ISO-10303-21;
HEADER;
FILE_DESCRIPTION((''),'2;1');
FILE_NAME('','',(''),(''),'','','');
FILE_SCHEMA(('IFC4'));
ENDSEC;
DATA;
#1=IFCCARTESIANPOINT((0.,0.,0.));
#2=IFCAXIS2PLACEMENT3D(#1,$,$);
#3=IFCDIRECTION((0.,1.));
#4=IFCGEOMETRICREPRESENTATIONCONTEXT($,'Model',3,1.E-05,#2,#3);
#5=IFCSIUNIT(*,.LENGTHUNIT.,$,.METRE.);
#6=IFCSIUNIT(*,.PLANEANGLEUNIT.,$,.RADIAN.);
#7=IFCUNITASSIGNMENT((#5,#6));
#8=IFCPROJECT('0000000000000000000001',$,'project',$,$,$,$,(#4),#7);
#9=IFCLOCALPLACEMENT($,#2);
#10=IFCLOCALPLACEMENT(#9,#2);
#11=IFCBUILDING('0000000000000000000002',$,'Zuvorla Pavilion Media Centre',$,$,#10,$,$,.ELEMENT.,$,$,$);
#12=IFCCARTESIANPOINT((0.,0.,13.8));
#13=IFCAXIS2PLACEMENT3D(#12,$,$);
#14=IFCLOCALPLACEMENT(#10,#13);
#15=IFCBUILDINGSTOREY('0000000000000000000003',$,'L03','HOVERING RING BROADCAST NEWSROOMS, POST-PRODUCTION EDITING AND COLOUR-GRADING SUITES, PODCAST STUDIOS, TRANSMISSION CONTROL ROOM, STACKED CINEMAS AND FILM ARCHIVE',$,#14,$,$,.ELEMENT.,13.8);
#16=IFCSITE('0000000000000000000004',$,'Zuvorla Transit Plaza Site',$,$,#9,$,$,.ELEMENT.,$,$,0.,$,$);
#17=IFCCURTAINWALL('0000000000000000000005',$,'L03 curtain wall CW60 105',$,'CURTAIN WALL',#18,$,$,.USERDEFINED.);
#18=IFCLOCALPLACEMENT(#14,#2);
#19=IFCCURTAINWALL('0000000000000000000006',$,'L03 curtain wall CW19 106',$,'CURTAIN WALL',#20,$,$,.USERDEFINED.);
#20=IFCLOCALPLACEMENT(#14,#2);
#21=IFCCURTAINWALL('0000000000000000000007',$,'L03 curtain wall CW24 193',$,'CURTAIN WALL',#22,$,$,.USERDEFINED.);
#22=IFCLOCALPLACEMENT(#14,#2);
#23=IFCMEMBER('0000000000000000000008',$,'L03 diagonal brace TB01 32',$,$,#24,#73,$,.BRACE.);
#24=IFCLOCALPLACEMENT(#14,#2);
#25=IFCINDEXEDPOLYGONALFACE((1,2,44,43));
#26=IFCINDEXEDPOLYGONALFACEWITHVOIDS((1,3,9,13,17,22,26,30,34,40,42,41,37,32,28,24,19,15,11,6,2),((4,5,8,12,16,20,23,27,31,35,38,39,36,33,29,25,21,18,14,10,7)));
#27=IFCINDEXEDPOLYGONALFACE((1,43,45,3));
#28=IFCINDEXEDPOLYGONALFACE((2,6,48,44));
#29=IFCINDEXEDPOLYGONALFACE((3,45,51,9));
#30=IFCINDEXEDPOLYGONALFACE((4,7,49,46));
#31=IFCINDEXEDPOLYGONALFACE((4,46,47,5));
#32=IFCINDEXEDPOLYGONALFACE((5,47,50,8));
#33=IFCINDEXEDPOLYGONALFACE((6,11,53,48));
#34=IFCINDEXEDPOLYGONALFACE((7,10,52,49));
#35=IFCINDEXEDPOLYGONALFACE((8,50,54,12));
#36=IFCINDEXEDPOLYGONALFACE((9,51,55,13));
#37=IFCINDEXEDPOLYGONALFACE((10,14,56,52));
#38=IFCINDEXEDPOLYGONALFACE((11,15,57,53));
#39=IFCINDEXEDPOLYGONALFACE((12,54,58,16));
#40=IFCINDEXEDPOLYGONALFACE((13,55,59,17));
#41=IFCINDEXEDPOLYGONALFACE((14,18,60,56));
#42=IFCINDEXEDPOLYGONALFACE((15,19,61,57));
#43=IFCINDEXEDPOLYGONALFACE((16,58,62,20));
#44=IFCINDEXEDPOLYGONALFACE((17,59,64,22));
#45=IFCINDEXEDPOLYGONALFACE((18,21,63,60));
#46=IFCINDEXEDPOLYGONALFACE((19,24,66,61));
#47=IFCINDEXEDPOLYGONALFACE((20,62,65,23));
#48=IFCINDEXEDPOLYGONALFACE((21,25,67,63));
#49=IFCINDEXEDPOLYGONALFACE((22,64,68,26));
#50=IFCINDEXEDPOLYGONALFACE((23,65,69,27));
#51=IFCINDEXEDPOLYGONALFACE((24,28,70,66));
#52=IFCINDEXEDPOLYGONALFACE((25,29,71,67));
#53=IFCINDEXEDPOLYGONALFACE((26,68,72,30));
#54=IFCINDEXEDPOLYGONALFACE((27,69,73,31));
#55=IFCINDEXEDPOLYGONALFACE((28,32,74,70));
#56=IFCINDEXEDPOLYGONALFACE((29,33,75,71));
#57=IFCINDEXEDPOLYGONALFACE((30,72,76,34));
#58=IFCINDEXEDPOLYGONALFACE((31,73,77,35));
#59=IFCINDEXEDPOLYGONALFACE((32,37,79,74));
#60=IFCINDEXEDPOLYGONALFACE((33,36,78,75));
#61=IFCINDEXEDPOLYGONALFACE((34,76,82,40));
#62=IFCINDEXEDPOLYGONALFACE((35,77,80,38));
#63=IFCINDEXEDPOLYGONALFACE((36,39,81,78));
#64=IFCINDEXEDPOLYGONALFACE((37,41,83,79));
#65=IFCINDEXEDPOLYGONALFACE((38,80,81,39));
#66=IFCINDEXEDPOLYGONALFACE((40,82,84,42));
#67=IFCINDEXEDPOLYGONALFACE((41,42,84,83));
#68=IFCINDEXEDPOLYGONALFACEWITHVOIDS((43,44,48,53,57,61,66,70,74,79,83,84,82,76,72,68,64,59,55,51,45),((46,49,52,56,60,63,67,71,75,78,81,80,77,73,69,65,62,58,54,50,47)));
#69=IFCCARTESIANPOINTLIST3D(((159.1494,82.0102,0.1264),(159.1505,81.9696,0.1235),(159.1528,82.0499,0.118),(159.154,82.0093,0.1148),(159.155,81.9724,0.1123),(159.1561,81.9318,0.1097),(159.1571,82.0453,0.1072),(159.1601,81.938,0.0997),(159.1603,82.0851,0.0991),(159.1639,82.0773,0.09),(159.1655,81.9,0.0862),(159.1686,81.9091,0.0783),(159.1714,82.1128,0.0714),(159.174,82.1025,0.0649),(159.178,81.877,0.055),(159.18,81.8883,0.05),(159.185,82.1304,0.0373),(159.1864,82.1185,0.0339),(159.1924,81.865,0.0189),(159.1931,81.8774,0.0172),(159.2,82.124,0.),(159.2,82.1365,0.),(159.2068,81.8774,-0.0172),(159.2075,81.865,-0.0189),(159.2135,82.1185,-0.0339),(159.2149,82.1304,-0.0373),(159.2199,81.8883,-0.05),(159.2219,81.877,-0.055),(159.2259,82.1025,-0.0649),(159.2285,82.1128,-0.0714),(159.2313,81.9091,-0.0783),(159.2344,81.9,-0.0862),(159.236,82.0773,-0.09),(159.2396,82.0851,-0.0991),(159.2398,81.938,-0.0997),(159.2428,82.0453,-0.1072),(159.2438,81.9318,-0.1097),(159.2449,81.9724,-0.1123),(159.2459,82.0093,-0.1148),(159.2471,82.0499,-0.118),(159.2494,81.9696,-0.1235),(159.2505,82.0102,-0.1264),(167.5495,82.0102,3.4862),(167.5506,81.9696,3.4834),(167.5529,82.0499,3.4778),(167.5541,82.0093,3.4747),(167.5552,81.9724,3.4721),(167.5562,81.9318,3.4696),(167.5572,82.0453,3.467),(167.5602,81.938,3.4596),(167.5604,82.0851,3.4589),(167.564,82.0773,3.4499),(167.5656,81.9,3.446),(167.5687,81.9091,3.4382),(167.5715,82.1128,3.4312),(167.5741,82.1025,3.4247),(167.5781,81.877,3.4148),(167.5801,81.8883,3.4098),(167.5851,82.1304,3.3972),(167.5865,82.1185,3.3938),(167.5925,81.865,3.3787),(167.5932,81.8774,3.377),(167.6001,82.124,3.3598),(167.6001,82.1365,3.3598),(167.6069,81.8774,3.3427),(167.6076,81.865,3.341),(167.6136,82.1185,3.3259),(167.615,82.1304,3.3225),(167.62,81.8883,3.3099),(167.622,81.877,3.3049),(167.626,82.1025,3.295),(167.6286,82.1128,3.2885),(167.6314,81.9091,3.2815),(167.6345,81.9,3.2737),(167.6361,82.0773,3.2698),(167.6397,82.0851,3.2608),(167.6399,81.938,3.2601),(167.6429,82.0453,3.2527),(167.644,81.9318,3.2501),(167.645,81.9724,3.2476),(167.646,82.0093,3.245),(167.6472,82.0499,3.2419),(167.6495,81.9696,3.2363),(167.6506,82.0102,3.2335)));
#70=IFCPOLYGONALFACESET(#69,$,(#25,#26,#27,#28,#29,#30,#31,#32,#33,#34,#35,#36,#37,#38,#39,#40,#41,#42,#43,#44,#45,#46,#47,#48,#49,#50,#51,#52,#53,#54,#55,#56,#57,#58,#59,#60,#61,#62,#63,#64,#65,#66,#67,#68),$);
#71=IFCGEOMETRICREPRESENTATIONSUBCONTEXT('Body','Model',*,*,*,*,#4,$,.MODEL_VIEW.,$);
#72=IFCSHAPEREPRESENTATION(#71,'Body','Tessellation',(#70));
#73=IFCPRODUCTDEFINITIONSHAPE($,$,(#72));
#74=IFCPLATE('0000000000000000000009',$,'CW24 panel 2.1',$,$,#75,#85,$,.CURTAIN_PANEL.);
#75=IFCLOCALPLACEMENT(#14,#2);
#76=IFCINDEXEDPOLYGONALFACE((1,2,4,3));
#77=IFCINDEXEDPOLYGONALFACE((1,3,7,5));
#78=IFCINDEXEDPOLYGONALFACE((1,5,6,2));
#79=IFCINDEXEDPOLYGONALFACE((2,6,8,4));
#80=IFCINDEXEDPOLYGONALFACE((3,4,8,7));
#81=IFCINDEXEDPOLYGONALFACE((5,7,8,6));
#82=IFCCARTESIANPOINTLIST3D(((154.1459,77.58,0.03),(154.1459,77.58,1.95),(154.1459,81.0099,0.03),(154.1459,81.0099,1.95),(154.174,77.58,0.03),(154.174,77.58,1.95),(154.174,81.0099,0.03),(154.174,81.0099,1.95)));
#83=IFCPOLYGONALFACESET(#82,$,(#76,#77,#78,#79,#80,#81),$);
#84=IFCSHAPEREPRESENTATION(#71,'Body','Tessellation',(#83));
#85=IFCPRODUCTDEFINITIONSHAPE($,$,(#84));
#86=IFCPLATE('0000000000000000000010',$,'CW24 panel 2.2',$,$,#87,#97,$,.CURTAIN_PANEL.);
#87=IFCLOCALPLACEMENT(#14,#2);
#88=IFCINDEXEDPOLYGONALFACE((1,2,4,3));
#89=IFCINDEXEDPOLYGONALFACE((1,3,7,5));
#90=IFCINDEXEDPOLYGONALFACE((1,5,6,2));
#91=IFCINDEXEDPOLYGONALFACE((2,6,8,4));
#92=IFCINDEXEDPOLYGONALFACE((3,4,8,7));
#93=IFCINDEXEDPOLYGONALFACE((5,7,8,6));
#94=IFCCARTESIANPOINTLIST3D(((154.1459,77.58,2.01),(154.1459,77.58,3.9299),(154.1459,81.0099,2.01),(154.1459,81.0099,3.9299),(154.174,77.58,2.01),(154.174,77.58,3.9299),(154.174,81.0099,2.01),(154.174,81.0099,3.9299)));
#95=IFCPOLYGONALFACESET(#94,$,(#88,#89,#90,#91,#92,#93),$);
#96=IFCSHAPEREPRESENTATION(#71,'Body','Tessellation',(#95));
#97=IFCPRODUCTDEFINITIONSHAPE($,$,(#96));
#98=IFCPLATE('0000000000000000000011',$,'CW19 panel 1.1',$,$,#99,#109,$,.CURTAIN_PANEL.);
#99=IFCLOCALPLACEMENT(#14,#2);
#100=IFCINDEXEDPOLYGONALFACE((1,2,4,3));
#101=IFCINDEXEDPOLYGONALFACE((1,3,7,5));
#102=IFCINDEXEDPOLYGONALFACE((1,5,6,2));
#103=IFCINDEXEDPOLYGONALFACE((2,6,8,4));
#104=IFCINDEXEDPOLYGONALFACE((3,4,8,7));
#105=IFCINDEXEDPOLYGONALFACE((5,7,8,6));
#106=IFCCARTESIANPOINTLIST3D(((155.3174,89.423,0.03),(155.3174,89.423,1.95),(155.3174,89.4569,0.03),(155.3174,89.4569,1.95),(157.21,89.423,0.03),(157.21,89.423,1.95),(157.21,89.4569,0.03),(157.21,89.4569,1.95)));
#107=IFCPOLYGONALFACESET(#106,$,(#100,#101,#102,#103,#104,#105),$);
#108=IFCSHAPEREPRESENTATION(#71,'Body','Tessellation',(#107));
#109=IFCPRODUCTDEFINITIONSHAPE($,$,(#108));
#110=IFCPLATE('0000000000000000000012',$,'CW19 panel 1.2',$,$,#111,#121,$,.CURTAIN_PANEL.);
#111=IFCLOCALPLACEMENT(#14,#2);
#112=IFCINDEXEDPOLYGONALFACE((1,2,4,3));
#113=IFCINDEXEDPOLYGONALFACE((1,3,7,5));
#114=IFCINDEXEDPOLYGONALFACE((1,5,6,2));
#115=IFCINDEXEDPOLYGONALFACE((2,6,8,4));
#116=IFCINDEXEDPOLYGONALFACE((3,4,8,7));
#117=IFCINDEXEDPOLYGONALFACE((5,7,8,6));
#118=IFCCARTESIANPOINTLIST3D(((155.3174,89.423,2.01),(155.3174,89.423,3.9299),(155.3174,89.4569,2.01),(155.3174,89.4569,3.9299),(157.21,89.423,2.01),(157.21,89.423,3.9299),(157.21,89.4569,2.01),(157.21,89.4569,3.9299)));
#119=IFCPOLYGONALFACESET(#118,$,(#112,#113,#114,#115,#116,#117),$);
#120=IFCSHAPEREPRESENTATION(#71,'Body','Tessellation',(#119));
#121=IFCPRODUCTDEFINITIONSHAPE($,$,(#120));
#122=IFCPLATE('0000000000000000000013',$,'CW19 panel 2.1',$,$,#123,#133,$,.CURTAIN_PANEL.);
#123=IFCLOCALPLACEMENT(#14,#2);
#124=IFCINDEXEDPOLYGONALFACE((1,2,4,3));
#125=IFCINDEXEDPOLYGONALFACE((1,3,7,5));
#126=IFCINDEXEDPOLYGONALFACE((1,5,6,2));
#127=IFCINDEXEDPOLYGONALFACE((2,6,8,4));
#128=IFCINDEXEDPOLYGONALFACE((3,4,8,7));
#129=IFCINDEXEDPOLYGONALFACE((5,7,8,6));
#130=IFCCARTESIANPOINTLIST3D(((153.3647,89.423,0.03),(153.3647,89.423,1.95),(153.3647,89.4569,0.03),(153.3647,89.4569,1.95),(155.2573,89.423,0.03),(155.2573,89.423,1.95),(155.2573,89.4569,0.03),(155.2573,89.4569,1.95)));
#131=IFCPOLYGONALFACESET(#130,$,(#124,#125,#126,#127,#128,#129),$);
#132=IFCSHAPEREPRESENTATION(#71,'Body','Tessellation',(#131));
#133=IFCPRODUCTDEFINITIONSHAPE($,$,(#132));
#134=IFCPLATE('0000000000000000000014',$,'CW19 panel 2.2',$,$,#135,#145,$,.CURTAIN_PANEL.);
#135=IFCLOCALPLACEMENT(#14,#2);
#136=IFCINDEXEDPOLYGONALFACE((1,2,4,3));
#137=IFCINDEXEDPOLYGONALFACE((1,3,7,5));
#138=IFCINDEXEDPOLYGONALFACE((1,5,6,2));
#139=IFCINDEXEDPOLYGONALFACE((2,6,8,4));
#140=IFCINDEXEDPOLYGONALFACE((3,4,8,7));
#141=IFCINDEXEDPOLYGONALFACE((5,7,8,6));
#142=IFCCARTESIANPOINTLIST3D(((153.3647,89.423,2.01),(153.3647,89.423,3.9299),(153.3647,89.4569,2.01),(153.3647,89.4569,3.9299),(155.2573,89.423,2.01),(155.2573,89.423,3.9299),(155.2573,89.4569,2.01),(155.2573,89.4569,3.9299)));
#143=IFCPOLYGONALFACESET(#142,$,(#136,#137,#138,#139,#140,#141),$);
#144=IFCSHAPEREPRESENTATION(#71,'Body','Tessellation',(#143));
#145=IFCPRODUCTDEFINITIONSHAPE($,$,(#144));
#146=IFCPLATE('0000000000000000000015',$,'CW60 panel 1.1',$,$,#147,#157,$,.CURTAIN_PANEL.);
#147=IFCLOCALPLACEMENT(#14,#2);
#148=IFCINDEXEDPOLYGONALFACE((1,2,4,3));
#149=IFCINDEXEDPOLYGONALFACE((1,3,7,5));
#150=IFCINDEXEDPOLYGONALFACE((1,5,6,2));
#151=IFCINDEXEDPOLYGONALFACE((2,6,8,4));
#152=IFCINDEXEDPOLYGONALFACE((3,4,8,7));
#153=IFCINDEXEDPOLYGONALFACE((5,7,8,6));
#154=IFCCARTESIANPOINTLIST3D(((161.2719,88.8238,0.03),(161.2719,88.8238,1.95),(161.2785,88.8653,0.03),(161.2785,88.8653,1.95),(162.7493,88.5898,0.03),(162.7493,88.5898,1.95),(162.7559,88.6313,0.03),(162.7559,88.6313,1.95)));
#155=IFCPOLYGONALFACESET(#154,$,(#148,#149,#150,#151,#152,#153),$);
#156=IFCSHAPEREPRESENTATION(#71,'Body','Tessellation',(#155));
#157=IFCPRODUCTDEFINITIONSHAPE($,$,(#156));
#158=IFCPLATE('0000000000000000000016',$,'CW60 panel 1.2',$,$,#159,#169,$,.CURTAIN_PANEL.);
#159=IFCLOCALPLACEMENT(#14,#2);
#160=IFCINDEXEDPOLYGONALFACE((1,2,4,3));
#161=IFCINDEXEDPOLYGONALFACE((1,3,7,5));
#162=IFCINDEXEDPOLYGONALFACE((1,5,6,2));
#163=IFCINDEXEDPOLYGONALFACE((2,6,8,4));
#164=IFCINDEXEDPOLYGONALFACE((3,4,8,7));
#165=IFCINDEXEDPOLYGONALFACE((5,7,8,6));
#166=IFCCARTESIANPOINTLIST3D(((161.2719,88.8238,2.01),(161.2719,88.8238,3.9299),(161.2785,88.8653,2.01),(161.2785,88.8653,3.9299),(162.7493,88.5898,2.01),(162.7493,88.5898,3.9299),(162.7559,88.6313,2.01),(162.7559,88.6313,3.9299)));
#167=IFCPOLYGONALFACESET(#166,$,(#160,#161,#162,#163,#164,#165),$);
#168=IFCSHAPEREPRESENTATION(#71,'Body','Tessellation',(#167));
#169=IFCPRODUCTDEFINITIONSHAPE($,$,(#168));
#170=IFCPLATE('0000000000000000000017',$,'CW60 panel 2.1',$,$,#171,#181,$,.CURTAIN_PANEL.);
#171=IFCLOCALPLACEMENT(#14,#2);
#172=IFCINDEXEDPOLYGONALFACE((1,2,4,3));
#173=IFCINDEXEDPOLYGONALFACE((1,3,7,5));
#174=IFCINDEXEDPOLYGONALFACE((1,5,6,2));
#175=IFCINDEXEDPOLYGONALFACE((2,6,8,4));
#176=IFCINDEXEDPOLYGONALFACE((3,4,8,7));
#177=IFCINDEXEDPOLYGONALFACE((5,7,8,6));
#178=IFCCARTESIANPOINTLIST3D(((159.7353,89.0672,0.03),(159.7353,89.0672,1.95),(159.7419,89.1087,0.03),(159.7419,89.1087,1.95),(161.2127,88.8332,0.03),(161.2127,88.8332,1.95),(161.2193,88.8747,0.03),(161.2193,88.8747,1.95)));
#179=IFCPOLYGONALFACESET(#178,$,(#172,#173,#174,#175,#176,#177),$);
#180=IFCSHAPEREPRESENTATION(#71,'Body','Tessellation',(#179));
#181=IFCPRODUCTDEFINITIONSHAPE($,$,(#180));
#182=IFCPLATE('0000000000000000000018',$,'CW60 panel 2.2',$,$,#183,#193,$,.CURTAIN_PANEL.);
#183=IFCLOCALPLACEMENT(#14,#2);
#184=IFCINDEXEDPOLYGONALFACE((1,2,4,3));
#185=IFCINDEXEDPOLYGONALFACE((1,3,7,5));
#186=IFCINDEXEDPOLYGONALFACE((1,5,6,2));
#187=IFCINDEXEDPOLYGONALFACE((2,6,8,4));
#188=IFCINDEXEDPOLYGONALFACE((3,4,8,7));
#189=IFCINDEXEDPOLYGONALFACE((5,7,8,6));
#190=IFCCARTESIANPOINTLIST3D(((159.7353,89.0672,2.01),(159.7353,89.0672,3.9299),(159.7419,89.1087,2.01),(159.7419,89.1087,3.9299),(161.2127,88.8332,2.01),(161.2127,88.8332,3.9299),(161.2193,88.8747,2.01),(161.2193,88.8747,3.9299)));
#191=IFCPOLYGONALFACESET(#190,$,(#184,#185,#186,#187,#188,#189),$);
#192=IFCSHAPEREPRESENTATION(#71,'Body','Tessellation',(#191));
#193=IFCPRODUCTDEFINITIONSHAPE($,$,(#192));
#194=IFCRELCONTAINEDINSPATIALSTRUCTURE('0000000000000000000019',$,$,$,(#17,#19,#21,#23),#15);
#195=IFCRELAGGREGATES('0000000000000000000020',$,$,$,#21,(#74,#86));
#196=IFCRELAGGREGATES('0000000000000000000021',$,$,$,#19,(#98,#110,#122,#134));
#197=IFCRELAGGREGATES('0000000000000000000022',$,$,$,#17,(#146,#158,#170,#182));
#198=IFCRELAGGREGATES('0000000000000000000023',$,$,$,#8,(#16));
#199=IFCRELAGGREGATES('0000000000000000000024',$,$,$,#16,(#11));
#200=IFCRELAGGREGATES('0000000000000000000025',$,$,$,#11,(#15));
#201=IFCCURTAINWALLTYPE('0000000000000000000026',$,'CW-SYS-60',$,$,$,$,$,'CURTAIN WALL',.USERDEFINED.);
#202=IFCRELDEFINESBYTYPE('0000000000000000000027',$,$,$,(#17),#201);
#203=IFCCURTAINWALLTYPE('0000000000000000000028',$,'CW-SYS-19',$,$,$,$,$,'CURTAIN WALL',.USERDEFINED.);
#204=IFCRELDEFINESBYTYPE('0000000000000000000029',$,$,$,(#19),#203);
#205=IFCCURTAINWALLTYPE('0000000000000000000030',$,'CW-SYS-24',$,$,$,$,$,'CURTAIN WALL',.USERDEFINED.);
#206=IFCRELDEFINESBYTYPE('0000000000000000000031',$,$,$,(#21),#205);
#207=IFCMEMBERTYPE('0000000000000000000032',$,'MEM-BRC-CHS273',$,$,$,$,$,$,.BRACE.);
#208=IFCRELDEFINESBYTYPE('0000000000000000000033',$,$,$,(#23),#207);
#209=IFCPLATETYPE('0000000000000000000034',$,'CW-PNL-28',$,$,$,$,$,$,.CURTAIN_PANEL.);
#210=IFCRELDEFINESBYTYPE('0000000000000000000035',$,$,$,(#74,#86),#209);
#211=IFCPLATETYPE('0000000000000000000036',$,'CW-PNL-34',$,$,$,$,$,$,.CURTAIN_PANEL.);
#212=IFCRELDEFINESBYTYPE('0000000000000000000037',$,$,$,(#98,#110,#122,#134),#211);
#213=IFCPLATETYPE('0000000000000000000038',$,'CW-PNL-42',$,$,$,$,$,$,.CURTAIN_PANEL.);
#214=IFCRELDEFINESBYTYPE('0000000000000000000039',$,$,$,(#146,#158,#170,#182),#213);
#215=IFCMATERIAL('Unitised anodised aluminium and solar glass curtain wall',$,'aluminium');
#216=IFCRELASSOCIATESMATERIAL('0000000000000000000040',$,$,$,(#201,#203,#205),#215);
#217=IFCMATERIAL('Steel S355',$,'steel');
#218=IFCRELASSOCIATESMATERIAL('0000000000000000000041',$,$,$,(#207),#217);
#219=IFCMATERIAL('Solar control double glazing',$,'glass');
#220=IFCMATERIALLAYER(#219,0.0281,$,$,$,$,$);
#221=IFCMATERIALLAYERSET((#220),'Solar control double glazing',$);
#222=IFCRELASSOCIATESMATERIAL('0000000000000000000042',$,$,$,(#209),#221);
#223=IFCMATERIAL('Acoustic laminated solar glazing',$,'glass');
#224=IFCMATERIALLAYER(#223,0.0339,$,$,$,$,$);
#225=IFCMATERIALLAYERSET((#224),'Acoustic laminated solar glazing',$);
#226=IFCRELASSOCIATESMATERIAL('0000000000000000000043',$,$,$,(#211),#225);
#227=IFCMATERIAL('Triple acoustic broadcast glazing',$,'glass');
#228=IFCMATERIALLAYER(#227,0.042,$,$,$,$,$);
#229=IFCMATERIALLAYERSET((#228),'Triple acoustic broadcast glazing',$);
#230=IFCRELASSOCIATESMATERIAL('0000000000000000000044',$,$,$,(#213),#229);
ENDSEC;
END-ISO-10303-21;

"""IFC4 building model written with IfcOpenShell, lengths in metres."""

from ifc_helpers import new_model, si_unit, direction, frame, origin, origin_2d, place, context, subcontext, project, spatial, rectangle, hollow_circle, extrude, material, layer, layer_set, material_profile, profile_set, type_object, element, aggregate, save


model = new_model("IFC4")

# Units and contexts
model_context = context("Model", 3, precision=1e-05, world=origin(), true_north=direction((0.0, 1.0)))
body_context = subcontext(model_context, "Body", "Model", "MODEL_VIEW")
ifc_project = project(units=[si_unit("LENGTHUNIT", "METRE"), si_unit("PLANEANGLEUNIT", "RADIAN")], contexts=[model_context])

# Site, building, storey
site_placement = place(None, origin())
site = spatial("IfcSite", under=ifc_project, at=site_placement, Name="Zuvorla Transit Plaza Site", CompositionType="ELEMENT", RefElevation=0.0)
building_placement = place(site_placement, origin())
building = spatial("IfcBuilding", under=site, at=building_placement, Name="Zuvorla Pavilion Media Centre", CompositionType="ELEMENT")
storey_placement = place(building_placement, frame((0.0, 0.0, 13.8)))
storey = spatial("IfcBuildingStorey", under=building, at=storey_placement, Name="L03", Description="HOVERING RING BROADCAST NEWSROOMS, POST-PRODUCTION EDITING AND COLOUR-GRADING SUITES, PODCAST STUDIOS, TRANSMISSION CONTROL ROOM, STACKED CINEMAS AND FILM ARCHIVE", CompositionType="ELEMENT", Elevation=13.8)

# Shared definitions
ifc_material_1 = material(Name="Steel S355", Category="steel")

# Curtain walls
ifc_material_2 = material(Name="Unitised anodised aluminium and solar glass curtain wall", Category="aluminium")
curtain_wall_type_1 = type_object("IfcCurtainWallType", Name="CW-SYS-60", ElementType="CURTAIN WALL", PredefinedType="USERDEFINED", material=ifc_material_2)
curtain_wall_1_placement = place(storey_placement, origin())
curtain_wall_1 = element("IfcCurtainWall", 1, at=curtain_wall_1_placement, inside=storey, type_object=curtain_wall_type_1, Name="L03 curtain wall CW60 105", ObjectType="CURTAIN WALL", PredefinedType="USERDEFINED")
curtain_wall_type_2 = type_object("IfcCurtainWallType", Name="CW-SYS-19", ElementType="CURTAIN WALL", PredefinedType="USERDEFINED", material=ifc_material_2)
curtain_wall_2_placement = place(storey_placement, origin())
curtain_wall_2 = element("IfcCurtainWall", 2, at=curtain_wall_2_placement, inside=storey, type_object=curtain_wall_type_2, Name="L03 curtain wall CW19 106", ObjectType="CURTAIN WALL", PredefinedType="USERDEFINED")
curtain_wall_type_3 = type_object("IfcCurtainWallType", Name="CW-SYS-24", ElementType="CURTAIN WALL", PredefinedType="USERDEFINED", material=ifc_material_2)
curtain_wall_3_placement = place(storey_placement, origin())
curtain_wall_3 = element("IfcCurtainWall", 3, at=curtain_wall_3_placement, inside=storey, type_object=curtain_wall_type_3, Name="L03 curtain wall CW24 193", ObjectType="CURTAIN WALL", PredefinedType="USERDEFINED")

# Member
ifc_material_profile_1 = material_profile(ifc_material_1, hollow_circle(Radius=0.1365, WallThickness=0.0125, at=origin_2d()), Name="CHS 273x12.5")
ifc_profile_set_1 = profile_set([ifc_material_profile_1], Name="Steel S355")
member_type_1 = type_object("IfcMemberType", Name="MEM-BRC-CHS273", PredefinedType="BRACE", material=ifc_profile_set_1)
member_1_placement = place(storey_placement, frame((159.2, 82.0, 0.0), z_axis=(0.928484, 0.0, 0.371372), x_axis=(0.0, 1.0, 0.0)))
element("IfcMember", 4, at=member_1_placement, inside=storey, type_object=member_type_1, Name="L03 diagonal brace TB01 32", PredefinedType="BRACE", context=body_context, shape_type="SweptSolid", body=[
    extrude(hollow_circle(Radius=0.1365, WallThickness=0.0125, at=origin_2d()), origin(), (0.0, 0.0, 1.0), 9.0471),
])

# Plates
ifc_material_3 = material(Name="Solar control double glazing", Category="glass")
ifc_layer_1 = layer(ifc_material_3, 0.0281)
ifc_layer_set_1 = layer_set([ifc_layer_1], Name="Solar control double glazing")
plate_type_1 = type_object("IfcPlateType", Name="CW-PNL-28", PredefinedType="CURTAIN_PANEL", material=ifc_layer_set_1)
plate_1_placement = place(storey_placement, frame((154.1599, 79.2949, 0.03), z_axis=(0.0, 0.0, 1.0), x_axis=(0.0, 1.0, 0.0)))
plate_1 = element("IfcPlate", 5, at=plate_1_placement, type_object=plate_type_1, Name="CW24 panel 2.1", PredefinedType="CURTAIN_PANEL", context=body_context, shape_type="SweptSolid", body=[
    extrude(rectangle(XDim=3.4299, YDim=0.0281, at=origin_2d()), origin(), (0.0, 0.0, 1.0), 1.9199),
])
plate_2_placement = place(storey_placement, frame((154.1599, 79.2949, 2.01), z_axis=(0.0, 0.0, 1.0), x_axis=(0.0, 1.0, 0.0)))
plate_2 = element("IfcPlate", 6, at=plate_2_placement, type_object=plate_type_1, Name="CW24 panel 2.2", PredefinedType="CURTAIN_PANEL", context=body_context, shape_type="SweptSolid", body=[
    extrude(rectangle(XDim=3.4299, YDim=0.0281, at=origin_2d()), origin(), (0.0, 0.0, 1.0), 1.9199),
])
aggregate(curtain_wall_3, [plate_1, plate_2])
ifc_material_4 = material(Name="Acoustic laminated solar glazing", Category="glass")
ifc_layer_2 = layer(ifc_material_4, 0.0339)
ifc_layer_set_2 = layer_set([ifc_layer_2], Name="Acoustic laminated solar glazing")
plate_type_2 = type_object("IfcPlateType", Name="CW-PNL-34", PredefinedType="CURTAIN_PANEL", material=ifc_layer_set_2)
plate_3_placement = place(storey_placement, frame((156.2637, 89.4399, 0.03), z_axis=(0.0, 0.0, 1.0), x_axis=(-1.0, 0.0, 0.0)))
plate_3 = element("IfcPlate", 7, at=plate_3_placement, type_object=plate_type_2, Name="CW19 panel 1.1", PredefinedType="CURTAIN_PANEL", context=body_context, shape_type="SweptSolid", body=[
    extrude(rectangle(XDim=1.8926, YDim=0.0339, at=origin_2d()), origin(), (0.0, 0.0, 1.0), 1.9199),
])
plate_4_placement = place(storey_placement, frame((156.2637, 89.4399, 2.01), z_axis=(0.0, 0.0, 1.0), x_axis=(-1.0, 0.0, 0.0)))
plate_4 = element("IfcPlate", 8, at=plate_4_placement, type_object=plate_type_2, Name="CW19 panel 1.2", PredefinedType="CURTAIN_PANEL", context=body_context, shape_type="SweptSolid", body=[
    extrude(rectangle(XDim=1.8926, YDim=0.0339, at=origin_2d()), origin(), (0.0, 0.0, 1.0), 1.9199),
])
plate_5_placement = place(storey_placement, frame((154.311, 89.4399, 0.03), z_axis=(0.0, 0.0, 1.0), x_axis=(-1.0, 0.0, 0.0)))
plate_5 = element("IfcPlate", 9, at=plate_5_placement, type_object=plate_type_2, Name="CW19 panel 2.1", PredefinedType="CURTAIN_PANEL", context=body_context, shape_type="SweptSolid", body=[
    extrude(rectangle(XDim=1.8926, YDim=0.0339, at=origin_2d()), origin(), (0.0, 0.0, 1.0), 1.9199),
])
plate_6_placement = place(storey_placement, frame((154.311, 89.4399, 2.01), z_axis=(0.0, 0.0, 1.0), x_axis=(-1.0, 0.0, 0.0)))
plate_6 = element("IfcPlate", 10, at=plate_6_placement, type_object=plate_type_2, Name="CW19 panel 2.2", PredefinedType="CURTAIN_PANEL", context=body_context, shape_type="SweptSolid", body=[
    extrude(rectangle(XDim=1.8926, YDim=0.0339, at=origin_2d()), origin(), (0.0, 0.0, 1.0), 1.9199),
])
aggregate(curtain_wall_2, [plate_3, plate_4, plate_5, plate_6])
ifc_material_5 = material(Name="Triple acoustic broadcast glazing", Category="glass")
ifc_layer_3 = layer(ifc_material_5, 0.042)
ifc_layer_set_3 = layer_set([ifc_layer_3], Name="Triple acoustic broadcast glazing")
plate_type_3 = type_object("IfcPlateType", Name="CW-PNL-42", PredefinedType="CURTAIN_PANEL", material=ifc_layer_set_3)
plate_7_placement = place(storey_placement, frame((162.0139, 88.7275, 0.03), z_axis=(0.0, 0.0, 1.0), x_axis=(-0.987689, 0.156431, 0.0)))
plate_7 = element("IfcPlate", 11, at=plate_7_placement, type_object=plate_type_3, Name="CW60 panel 1.1", PredefinedType="CURTAIN_PANEL", context=body_context, shape_type="SweptSolid", body=[
    extrude(rectangle(XDim=1.4958, YDim=0.042, at=origin_2d()), origin(), (0.0, 0.0, 1.0), 1.9199),
])
plate_8_placement = place(storey_placement, frame((162.0139, 88.7275, 2.01), z_axis=(0.0, 0.0, 1.0), x_axis=(-0.987689, 0.156431, 0.0)))
plate_8 = element("IfcPlate", 12, at=plate_8_placement, type_object=plate_type_3, Name="CW60 panel 1.2", PredefinedType="CURTAIN_PANEL", context=body_context, shape_type="SweptSolid", body=[
    extrude(rectangle(XDim=1.4958, YDim=0.042, at=origin_2d()), origin(), (0.0, 0.0, 1.0), 1.9199),
])
plate_9_placement = place(storey_placement, frame((160.4773, 88.9709, 0.03), z_axis=(0.0, 0.0, 1.0), x_axis=(-0.987689, 0.156431, 0.0)))
plate_9 = element("IfcPlate", 13, at=plate_9_placement, type_object=plate_type_3, Name="CW60 panel 2.1", PredefinedType="CURTAIN_PANEL", context=body_context, shape_type="SweptSolid", body=[
    extrude(rectangle(XDim=1.4958, YDim=0.042, at=origin_2d()), origin(), (0.0, 0.0, 1.0), 1.9199),
])
plate_10_placement = place(storey_placement, frame((160.4773, 88.9709, 2.01), z_axis=(0.0, 0.0, 1.0), x_axis=(-0.987689, 0.156431, 0.0)))
plate_10 = element("IfcPlate", 14, at=plate_10_placement, type_object=plate_type_3, Name="CW60 panel 2.2", PredefinedType="CURTAIN_PANEL", context=body_context, shape_type="SweptSolid", body=[
    extrude(rectangle(XDim=1.4958, YDim=0.042, at=origin_2d()), origin(), (0.0, 0.0, 1.0), 1.9199),
])
aggregate(curtain_wall_1, [plate_7, plate_8, plate_9, plate_10])

save(model, "model.ifc")
